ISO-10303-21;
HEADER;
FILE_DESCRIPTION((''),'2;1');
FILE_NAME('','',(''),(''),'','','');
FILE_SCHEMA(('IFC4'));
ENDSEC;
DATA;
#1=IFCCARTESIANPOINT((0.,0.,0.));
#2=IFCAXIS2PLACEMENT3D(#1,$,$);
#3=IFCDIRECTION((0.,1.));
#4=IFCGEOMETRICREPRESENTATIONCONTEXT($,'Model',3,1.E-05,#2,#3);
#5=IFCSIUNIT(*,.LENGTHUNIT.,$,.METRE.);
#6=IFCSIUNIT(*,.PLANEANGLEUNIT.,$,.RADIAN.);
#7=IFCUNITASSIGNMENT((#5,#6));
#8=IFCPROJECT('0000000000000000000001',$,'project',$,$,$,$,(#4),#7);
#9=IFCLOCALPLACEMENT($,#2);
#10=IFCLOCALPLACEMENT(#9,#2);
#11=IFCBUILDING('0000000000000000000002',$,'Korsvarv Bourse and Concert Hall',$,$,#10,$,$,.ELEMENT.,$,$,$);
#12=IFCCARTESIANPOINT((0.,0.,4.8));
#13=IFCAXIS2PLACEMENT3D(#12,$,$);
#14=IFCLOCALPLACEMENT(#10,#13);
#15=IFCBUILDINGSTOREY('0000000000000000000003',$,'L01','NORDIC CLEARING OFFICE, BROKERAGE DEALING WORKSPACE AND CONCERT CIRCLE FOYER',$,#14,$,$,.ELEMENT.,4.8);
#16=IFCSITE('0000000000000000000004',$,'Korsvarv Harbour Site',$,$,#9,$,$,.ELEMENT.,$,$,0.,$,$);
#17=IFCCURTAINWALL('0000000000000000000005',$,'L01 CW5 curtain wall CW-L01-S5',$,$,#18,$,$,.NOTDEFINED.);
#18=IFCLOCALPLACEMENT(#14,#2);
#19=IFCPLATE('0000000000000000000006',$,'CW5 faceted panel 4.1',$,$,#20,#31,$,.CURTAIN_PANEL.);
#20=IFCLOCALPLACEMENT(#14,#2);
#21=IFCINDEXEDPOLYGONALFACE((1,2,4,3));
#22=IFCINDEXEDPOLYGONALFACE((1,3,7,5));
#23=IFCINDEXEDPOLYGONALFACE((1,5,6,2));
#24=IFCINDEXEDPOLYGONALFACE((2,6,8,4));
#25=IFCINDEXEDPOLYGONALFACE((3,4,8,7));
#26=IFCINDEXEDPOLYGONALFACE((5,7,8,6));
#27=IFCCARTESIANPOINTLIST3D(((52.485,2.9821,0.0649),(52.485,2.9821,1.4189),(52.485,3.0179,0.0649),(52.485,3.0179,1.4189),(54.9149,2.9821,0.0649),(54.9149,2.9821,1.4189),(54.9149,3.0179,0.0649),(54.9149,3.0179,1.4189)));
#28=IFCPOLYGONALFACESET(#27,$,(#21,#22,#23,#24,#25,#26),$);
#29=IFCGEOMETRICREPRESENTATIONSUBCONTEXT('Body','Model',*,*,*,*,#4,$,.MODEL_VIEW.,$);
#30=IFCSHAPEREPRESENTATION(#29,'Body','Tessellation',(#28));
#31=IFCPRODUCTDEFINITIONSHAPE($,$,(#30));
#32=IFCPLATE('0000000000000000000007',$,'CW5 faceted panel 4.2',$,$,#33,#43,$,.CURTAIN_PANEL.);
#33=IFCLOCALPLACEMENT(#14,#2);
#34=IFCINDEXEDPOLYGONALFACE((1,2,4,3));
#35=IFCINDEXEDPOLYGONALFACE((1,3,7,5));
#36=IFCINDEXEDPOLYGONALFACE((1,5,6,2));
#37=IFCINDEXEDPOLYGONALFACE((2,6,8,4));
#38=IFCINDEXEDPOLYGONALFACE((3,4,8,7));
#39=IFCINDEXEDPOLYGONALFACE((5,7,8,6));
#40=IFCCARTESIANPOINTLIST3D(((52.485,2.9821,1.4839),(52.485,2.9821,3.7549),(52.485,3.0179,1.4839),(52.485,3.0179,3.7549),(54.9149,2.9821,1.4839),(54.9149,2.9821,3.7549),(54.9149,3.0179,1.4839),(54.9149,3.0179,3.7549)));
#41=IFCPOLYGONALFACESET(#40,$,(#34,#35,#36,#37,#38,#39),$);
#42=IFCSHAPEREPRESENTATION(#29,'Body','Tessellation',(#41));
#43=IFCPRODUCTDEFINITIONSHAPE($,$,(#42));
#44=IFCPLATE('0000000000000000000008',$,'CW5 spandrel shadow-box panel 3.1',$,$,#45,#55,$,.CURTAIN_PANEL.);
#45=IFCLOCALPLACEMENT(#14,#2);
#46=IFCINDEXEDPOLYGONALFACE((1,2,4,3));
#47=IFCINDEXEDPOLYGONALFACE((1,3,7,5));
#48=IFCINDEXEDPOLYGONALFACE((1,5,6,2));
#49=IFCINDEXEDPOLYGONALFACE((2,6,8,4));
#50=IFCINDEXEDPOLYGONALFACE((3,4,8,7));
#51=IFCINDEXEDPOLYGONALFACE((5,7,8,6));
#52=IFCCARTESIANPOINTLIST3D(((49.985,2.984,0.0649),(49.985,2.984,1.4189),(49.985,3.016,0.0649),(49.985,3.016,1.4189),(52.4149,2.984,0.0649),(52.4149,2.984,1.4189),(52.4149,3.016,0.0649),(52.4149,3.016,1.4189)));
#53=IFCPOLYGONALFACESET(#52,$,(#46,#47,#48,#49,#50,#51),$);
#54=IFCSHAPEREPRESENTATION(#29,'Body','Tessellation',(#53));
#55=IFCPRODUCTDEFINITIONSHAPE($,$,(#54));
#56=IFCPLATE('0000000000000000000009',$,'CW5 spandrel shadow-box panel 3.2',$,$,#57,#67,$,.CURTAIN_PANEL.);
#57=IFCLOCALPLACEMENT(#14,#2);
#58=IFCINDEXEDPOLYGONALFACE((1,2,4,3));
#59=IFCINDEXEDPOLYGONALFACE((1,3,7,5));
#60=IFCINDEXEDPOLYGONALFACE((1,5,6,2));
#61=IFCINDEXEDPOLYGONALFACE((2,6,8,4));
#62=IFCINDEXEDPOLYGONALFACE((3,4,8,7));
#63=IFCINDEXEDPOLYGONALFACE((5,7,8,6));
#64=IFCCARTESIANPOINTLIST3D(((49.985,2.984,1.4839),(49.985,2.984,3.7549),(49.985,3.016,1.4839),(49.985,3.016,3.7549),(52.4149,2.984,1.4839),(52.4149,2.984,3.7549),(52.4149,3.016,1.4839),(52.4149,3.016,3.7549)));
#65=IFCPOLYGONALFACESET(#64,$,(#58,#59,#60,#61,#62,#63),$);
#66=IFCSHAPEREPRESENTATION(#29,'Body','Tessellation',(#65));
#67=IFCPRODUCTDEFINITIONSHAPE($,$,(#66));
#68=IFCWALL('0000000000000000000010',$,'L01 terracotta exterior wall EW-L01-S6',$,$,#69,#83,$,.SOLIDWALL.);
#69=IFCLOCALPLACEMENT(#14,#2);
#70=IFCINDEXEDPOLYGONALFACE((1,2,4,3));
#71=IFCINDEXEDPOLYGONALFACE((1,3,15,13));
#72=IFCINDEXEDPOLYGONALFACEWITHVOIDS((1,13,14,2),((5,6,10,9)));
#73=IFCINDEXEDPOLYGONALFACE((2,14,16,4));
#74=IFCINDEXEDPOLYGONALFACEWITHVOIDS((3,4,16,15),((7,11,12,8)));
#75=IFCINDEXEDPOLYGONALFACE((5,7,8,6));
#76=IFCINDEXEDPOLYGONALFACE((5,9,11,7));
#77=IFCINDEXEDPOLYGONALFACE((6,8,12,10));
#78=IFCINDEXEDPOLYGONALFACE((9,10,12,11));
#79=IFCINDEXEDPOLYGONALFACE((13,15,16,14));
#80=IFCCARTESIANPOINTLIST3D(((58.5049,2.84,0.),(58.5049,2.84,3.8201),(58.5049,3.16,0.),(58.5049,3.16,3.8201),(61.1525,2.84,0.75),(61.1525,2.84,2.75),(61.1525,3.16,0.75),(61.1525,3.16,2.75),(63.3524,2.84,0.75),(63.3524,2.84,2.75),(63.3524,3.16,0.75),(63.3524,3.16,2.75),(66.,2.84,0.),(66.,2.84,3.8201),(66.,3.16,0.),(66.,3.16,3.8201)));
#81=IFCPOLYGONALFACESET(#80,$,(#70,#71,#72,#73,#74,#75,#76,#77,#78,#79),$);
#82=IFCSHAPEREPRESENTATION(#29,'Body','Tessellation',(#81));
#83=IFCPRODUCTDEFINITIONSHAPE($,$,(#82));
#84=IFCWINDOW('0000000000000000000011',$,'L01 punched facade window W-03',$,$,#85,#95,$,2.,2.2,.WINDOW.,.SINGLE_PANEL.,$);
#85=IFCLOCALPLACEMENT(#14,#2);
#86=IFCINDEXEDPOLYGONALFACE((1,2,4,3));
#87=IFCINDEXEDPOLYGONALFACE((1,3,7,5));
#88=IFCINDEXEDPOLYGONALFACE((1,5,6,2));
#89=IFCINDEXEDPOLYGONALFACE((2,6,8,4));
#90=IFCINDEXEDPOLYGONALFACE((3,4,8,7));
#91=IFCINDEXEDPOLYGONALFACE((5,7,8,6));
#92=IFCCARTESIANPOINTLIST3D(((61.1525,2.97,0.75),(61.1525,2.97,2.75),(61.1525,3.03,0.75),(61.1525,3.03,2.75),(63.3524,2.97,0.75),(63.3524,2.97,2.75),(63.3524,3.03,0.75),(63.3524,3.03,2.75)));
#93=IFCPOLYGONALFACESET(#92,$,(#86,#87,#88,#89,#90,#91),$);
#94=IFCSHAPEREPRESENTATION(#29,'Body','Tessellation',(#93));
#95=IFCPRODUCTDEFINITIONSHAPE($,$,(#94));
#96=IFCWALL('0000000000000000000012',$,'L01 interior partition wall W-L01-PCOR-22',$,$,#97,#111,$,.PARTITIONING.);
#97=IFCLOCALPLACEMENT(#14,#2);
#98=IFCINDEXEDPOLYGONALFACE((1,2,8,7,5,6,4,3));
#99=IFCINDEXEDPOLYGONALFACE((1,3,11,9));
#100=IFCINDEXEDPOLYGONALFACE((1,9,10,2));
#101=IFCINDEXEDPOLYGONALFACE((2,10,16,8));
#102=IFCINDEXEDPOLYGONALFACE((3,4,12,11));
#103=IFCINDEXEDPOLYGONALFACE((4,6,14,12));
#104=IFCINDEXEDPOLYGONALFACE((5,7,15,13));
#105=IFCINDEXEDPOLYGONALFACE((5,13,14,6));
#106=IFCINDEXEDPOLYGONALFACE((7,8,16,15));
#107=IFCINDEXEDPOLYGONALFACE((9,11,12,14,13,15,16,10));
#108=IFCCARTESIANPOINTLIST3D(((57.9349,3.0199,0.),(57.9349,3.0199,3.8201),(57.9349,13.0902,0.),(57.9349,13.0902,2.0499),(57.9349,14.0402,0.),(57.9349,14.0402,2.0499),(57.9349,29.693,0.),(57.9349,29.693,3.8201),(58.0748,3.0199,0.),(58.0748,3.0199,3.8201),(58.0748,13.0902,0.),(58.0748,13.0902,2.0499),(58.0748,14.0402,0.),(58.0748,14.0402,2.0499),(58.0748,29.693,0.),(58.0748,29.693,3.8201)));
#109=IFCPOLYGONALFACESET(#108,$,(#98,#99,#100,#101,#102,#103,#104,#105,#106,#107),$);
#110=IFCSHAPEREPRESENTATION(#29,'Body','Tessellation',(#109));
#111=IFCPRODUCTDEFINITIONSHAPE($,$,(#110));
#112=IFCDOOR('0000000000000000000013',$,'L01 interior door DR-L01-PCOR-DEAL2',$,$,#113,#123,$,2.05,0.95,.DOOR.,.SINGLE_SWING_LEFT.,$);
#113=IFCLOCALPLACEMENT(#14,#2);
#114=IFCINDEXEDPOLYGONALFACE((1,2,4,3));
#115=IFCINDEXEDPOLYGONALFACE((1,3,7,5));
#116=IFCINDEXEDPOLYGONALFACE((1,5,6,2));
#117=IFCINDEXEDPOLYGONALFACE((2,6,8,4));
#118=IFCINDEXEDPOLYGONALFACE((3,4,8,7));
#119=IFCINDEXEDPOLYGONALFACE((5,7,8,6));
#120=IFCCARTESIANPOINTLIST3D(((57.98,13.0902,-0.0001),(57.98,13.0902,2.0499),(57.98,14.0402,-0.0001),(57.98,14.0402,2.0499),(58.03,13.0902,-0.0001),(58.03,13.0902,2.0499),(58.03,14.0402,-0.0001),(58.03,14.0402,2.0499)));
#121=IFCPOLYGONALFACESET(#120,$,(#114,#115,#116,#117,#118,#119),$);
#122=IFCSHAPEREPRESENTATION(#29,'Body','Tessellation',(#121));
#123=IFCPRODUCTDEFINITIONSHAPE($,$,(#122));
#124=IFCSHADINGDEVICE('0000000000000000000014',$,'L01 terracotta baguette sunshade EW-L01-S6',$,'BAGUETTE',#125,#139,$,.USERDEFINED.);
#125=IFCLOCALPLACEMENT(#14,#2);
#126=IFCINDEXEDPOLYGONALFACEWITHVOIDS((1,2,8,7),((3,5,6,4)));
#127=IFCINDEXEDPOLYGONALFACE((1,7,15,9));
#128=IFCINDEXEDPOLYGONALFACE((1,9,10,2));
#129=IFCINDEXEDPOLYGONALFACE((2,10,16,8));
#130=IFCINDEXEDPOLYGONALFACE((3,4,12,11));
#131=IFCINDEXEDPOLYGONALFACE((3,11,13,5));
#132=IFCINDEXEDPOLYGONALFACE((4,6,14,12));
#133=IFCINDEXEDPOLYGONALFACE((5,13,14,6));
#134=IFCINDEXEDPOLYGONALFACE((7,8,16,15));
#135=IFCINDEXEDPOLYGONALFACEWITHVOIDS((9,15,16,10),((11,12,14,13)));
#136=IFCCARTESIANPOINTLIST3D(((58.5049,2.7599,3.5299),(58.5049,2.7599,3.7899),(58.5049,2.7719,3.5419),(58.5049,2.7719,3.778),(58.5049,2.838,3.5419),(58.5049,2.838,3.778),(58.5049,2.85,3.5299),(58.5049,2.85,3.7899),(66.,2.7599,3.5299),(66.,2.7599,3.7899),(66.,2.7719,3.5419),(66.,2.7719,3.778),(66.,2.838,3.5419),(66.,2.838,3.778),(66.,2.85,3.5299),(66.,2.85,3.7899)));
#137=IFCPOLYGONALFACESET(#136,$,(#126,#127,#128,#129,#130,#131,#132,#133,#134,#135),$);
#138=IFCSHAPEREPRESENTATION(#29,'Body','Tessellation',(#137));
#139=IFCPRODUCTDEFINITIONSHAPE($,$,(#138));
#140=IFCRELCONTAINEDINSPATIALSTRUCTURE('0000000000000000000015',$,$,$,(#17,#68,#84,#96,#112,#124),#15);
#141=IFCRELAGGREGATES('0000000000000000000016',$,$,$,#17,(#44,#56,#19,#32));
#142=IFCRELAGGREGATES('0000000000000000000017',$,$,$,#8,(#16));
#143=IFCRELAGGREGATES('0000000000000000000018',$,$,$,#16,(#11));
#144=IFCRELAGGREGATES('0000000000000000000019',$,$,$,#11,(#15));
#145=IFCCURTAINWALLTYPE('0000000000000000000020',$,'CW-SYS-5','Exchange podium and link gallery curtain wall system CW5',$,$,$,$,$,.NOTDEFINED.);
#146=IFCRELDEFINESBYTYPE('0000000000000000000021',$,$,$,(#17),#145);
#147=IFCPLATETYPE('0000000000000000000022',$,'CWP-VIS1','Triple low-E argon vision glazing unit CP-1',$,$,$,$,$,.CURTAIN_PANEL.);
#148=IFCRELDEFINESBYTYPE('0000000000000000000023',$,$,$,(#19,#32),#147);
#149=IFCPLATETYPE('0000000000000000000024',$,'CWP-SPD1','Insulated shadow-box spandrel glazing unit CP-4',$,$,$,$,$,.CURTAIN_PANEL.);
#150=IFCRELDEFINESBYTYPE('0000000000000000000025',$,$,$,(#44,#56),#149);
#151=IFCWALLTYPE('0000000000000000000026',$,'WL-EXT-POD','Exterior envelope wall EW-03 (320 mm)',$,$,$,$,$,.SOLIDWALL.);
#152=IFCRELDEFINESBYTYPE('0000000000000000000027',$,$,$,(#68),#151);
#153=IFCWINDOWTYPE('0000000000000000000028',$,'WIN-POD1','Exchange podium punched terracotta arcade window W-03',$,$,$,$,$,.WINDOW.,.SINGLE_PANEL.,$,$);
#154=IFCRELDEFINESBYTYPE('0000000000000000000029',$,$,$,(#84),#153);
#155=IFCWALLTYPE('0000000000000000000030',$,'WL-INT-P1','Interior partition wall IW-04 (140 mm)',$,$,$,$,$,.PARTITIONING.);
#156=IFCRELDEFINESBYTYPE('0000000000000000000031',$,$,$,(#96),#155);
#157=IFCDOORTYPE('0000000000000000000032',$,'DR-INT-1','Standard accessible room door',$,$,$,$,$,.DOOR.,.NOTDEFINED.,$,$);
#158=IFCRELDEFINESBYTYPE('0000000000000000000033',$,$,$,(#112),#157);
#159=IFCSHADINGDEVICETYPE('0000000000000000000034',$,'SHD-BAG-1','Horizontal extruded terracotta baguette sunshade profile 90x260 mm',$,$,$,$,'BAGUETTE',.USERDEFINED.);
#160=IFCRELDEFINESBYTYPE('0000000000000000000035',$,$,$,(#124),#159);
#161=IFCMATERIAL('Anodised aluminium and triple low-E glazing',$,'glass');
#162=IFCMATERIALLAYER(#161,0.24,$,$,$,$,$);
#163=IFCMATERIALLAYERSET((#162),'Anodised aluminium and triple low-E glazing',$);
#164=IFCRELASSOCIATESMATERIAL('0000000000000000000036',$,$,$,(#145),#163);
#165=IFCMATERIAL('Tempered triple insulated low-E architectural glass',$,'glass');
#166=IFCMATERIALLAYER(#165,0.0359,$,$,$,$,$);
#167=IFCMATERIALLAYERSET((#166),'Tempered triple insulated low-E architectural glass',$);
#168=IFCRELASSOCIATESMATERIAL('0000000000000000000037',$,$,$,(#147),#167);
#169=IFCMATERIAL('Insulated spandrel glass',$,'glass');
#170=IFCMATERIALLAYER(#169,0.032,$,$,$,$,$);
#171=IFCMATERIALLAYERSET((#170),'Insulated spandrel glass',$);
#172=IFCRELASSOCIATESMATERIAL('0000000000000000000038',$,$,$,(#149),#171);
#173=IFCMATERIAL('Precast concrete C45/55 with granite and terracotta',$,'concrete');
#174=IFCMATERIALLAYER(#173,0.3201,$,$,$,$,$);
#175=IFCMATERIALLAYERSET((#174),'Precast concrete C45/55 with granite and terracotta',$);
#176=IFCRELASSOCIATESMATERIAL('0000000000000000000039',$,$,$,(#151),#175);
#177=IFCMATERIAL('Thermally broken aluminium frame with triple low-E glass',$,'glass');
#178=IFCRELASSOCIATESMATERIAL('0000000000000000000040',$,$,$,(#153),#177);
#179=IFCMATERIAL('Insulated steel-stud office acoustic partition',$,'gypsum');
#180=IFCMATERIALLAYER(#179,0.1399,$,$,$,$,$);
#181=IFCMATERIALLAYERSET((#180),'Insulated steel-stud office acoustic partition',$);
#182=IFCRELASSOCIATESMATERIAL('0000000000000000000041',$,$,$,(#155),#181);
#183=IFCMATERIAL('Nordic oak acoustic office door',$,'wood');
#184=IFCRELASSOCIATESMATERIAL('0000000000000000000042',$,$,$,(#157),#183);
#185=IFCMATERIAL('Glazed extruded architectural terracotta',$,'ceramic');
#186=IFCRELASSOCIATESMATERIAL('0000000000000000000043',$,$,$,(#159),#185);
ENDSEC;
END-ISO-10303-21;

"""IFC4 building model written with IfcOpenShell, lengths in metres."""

from ifc_helpers import new_model, si_unit, direction, frame, frame_2d, origin, origin_2d, place, context, subcontext, project, spatial, rectangle, hollow_rectangle, extrude, source, transform, mapped, material, layer, layer_set, material_profile, profile_set, type_object, element, fill, aggregate, save


model = new_model("IFC4")

# Units and contexts
model_context = context("Model", 3, precision=1e-05, world=origin(), true_north=direction((0.0, 1.0)))
body_context = subcontext(model_context, "Body", "Model", "MODEL_VIEW")
ifc_project = project(units=[si_unit("LENGTHUNIT", "METRE"), si_unit("PLANEANGLEUNIT", "RADIAN")], contexts=[model_context])

# Site, building, storey
site_placement = place(None, origin())
site = spatial("IfcSite", under=ifc_project, at=site_placement, Name="Korsvarv Harbour Site", CompositionType="ELEMENT", RefElevation=0.0)
building_placement = place(site_placement, origin())
building = spatial("IfcBuilding", under=site, at=building_placement, Name="Korsvarv Bourse and Concert Hall", CompositionType="ELEMENT")
storey_placement = place(building_placement, frame((0.0, 0.0, 4.8)))
storey = spatial("IfcBuildingStorey", under=building, at=storey_placement, Name="L01", Description="NORDIC CLEARING OFFICE, BROKERAGE DEALING WORKSPACE AND CONCERT CIRCLE FOYER", CompositionType="ELEMENT", Elevation=4.8)

# Curtain wall, plates
ifc_material_1 = material(Name="Anodised aluminium and triple low-E glazing", Category="glass")
ifc_layer_1 = layer(ifc_material_1, 0.24)
ifc_layer_set_1 = layer_set([ifc_layer_1], Name="Anodised aluminium and triple low-E glazing")
curtain_wall_type = type_object("IfcCurtainWallType", Name="CW-SYS-5", Description="Exchange podium and link gallery curtain wall system CW5", PredefinedType="NOTDEFINED", material=ifc_layer_set_1)
curtain_wall_placement = place(storey_placement, origin())
curtain_wall = element("IfcCurtainWall", 1, at=curtain_wall_placement, inside=storey, type_object=curtain_wall_type, Name="L01 CW5 curtain wall CW-L01-S5", PredefinedType="NOTDEFINED")
ifc_material_2 = material(Name="Tempered triple insulated low-E architectural glass", Category="glass")
ifc_layer_2 = layer(ifc_material_2, 0.0359)
ifc_layer_set_2 = layer_set([ifc_layer_2], Name="Tempered triple insulated low-E architectural glass")
plate_type_1 = type_object("IfcPlateType", Name="CWP-VIS1", Description="Triple low-E argon vision glazing unit CP-1", PredefinedType="CURTAIN_PANEL", material=ifc_layer_set_2)
shared_shape_1 = source(origin(), body_context, "Body", "SweptSolid", [
    extrude(rectangle(XDim=2.4299, YDim=0.0359, at=origin_2d()), origin(), (0.0, 0.0, 1.0), 1.354),
])
plate_1_placement = place(storey_placement, frame((53.7, 3.0, 0.0649), z_axis=(0.0, 0.0, 1.0), x_axis=(1.0, 0.0, 0.0)))
plate_1 = element("IfcPlate", 2, at=plate_1_placement, type_object=plate_type_1, Name="CW5 faceted panel 4.1", PredefinedType="CURTAIN_PANEL", context=body_context, shape_type="MappedRepresentation", body=[
    mapped(shared_shape_1, transform((0.0, 0.0, 0.0), scale=1.0)),
])
shared_shape_2 = source(origin(), body_context, "Body", "SweptSolid", [
    extrude(rectangle(XDim=2.4299, YDim=0.0359, at=origin_2d()), origin(), (0.0, 0.0, 1.0), 2.271),
])
plate_2_placement = place(storey_placement, frame((53.7, 3.0, 1.4839), z_axis=(0.0, 0.0, 1.0), x_axis=(1.0, 0.0, 0.0)))
plate_2 = element("IfcPlate", 3, at=plate_2_placement, type_object=plate_type_1, Name="CW5 faceted panel 4.2", PredefinedType="CURTAIN_PANEL", context=body_context, shape_type="MappedRepresentation", body=[
    mapped(shared_shape_2, transform((0.0, 0.0, 0.0), scale=1.0)),
])
ifc_material_3 = material(Name="Insulated spandrel glass", Category="glass")
ifc_layer_3 = layer(ifc_material_3, 0.032)
ifc_layer_set_3 = layer_set([ifc_layer_3], Name="Insulated spandrel glass")
plate_type_2 = type_object("IfcPlateType", Name="CWP-SPD1", Description="Insulated shadow-box spandrel glazing unit CP-4", PredefinedType="CURTAIN_PANEL", material=ifc_layer_set_3)
shared_shape_3 = source(origin(), body_context, "Body", "SweptSolid", [
    extrude(rectangle(XDim=2.4299, YDim=0.032, at=origin_2d()), origin(), (0.0, 0.0, 1.0), 1.354),
])
plate_3_placement = place(storey_placement, frame((51.2, 3.0, 0.0649), z_axis=(0.0, 0.0, 1.0), x_axis=(1.0, 0.0, 0.0)))
plate_3 = element("IfcPlate", 4, at=plate_3_placement, type_object=plate_type_2, Name="CW5 spandrel shadow-box panel 3.1", PredefinedType="CURTAIN_PANEL", context=body_context, shape_type="MappedRepresentation", body=[
    mapped(shared_shape_3, transform((0.0, 0.0, 0.0), scale=1.0)),
])
shared_shape_4 = source(origin(), body_context, "Body", "SweptSolid", [
    extrude(rectangle(XDim=2.4299, YDim=0.032, at=origin_2d()), origin(), (0.0, 0.0, 1.0), 2.271),
])
plate_4_placement = place(storey_placement, frame((51.2, 3.0, 1.4839), z_axis=(0.0, 0.0, 1.0), x_axis=(1.0, 0.0, 0.0)))
plate_4 = element("IfcPlate", 5, at=plate_4_placement, type_object=plate_type_2, Name="CW5 spandrel shadow-box panel 3.2", PredefinedType="CURTAIN_PANEL", context=body_context, shape_type="MappedRepresentation", body=[
    mapped(shared_shape_4, transform((0.0, 0.0, 0.0), scale=1.0)),
])
aggregate(curtain_wall, [plate_3, plate_4, plate_1, plate_2])

# Wall, opening, window
ifc_material_4 = material(Name="Precast concrete C45/55 with granite and terracotta", Category="concrete")
ifc_layer_4 = layer(ifc_material_4, 0.3201)
ifc_layer_set_4 = layer_set([ifc_layer_4], Name="Precast concrete C45/55 with granite and terracotta")
wall_type_1 = type_object("IfcWallType", Name="WL-EXT-POD", Description="Exterior envelope wall EW-03 (320 mm)", PredefinedType="SOLIDWALL", material=ifc_layer_set_4)
wall_1_placement = place(storey_placement, frame((58.5049, 3.0, 0.0), z_axis=(0.0, 0.0, 1.0), x_axis=(1.0, 0.0, 0.0)))
wall_1 = element("IfcWall", 6, at=wall_1_placement, inside=storey, type_object=wall_type_1, Name="L01 terracotta exterior wall EW-L01-S6", PredefinedType="SOLIDWALL", context=body_context, shape_type="SweptSolid", body=[
    extrude(rectangle(XDim=7.4951, YDim=0.3201, at=frame_2d((3.7476, 0.0))), origin(), (0.0, 0.0, 1.0), 3.8201),
])
opening_1_placement = place(wall_1_placement, frame((2.6475, 0.0, 0.75)))
opening_1 = element("IfcOpeningElement", 7, at=opening_1_placement, cuts=wall_1, PredefinedType="OPENING", context=body_context, shape_type="SweptSolid", body=[
    extrude(rectangle(XDim=2.2, YDim=2.0, at=frame_2d((1.1001, 1.0))), frame((0.0, 0.1699, 0.0), z_axis=(0.0, -1.0, 0.0), x_axis=(1.0, 0.0, 0.0)), (0.0, 0.0, 1.0), 0.3401),
])
ifc_material_5 = material(Name="Thermally broken aluminium frame with triple low-E glass", Category="glass")
window_type = type_object("IfcWindowType", Name="WIN-POD1", Description="Exchange podium punched terracotta arcade window W-03", PartitioningType="SINGLE_PANEL", PredefinedType="WINDOW", material=ifc_material_5)
window_placement = place(opening_1_placement, origin())
window = element("IfcWindow", 8, at=window_placement, inside=storey, type_object=window_type, Name="L01 punched facade window W-03", OverallHeight=2.0, OverallWidth=2.2, PartitioningType="SINGLE_PANEL", PredefinedType="WINDOW", context=body_context, shape_type="SweptSolid", body=[
    extrude(rectangle(XDim=2.2, YDim=2.0, at=frame_2d((1.1001, 1.0))), frame((0.0, 0.03, 0.0), z_axis=(0.0, -1.0, 0.0), x_axis=(1.0, 0.0, 0.0)), (0.0, 0.0, 1.0), 0.0601),
])
fill(opening_1, window)

# Wall, opening, door
ifc_material_6 = material(Name="Insulated steel-stud office acoustic partition", Category="gypsum")
ifc_layer_5 = layer(ifc_material_6, 0.1399)
ifc_layer_set_5 = layer_set([ifc_layer_5], Name="Insulated steel-stud office acoustic partition")
wall_type_2 = type_object("IfcWallType", Name="WL-INT-P1", Description="Interior partition wall IW-04 (140 mm)", PredefinedType="PARTITIONING", material=ifc_layer_set_5)
wall_2_placement = place(storey_placement, frame((58.0049, 3.02, 0.0), z_axis=(0.0, 0.0, 1.0), x_axis=(0.0, 1.0, 0.0)))
wall_2 = element("IfcWall", 9, at=wall_2_placement, inside=storey, type_object=wall_type_2, Name="L01 interior partition wall W-L01-PCOR-22", PredefinedType="PARTITIONING", context=body_context, shape_type="SweptSolid", body=[
    extrude(rectangle(XDim=26.6731, YDim=0.1399, at=frame_2d((13.3364, 0.0))), origin(), (0.0, 0.0, 1.0), 3.8201),
])
opening_2_placement = place(wall_2_placement, frame((10.0701, 0.0, 0.0)))
opening_2 = element("IfcOpeningElement", 10, at=opening_2_placement, cuts=wall_2, PredefinedType="OPENING", context=body_context, shape_type="SweptSolid", body=[
    extrude(rectangle(XDim=0.95, YDim=2.05, at=frame_2d((0.4751, 1.0249))), frame((0.0, 0.0801, 0.0), z_axis=(0.0, -1.0, 0.0), x_axis=(1.0, 0.0, 0.0)), (0.0, 0.0, 1.0), 0.1599),
])
ifc_material_7 = material(Name="Nordic oak acoustic office door", Category="wood")
door_type = type_object("IfcDoorType", Name="DR-INT-1", Description="Standard accessible room door", OperationType="NOTDEFINED", PredefinedType="DOOR", material=ifc_material_7)
door_placement = place(opening_2_placement, origin())
door = element("IfcDoor", 11, at=door_placement, inside=storey, type_object=door_type, Name="L01 interior door DR-L01-PCOR-DEAL2", OperationType="SINGLE_SWING_LEFT", OverallHeight=2.05, OverallWidth=0.95, PredefinedType="DOOR", context=body_context, shape_type="SweptSolid", body=[
    extrude(rectangle(XDim=0.95, YDim=2.05, at=frame_2d((0.4751, 1.0249))), frame((0.0, 0.0249, 0.0), z_axis=(0.0, -1.0, 0.0), x_axis=(1.0, 0.0, 0.0)), (0.0, 0.0, 1.0), 0.05),
])
fill(opening_2, door)

# Shading device
ifc_material_8 = material(Name="Glazed extruded architectural terracotta", Category="ceramic")
ifc_material_profile_1 = material_profile(ifc_material_8, hollow_rectangle(XDim=0.0901, YDim=0.26, WallThickness=0.012, at=origin_2d()), Name="TC-BAG 90x260")
ifc_profile_set_1 = profile_set([ifc_material_profile_1], Name="Glazed extruded architectural terracotta")
shading_device_type = type_object("IfcShadingDeviceType", Name="SHD-BAG-1", Description="Horizontal extruded terracotta baguette sunshade profile 90x260 mm", ElementType="BAGUETTE", PredefinedType="USERDEFINED", material=ifc_profile_set_1)
shared_shape_5 = source(origin(), body_context, "Body", "SweptSolid", [
    extrude(hollow_rectangle(XDim=0.0901, YDim=0.26, WallThickness=0.012, at=origin_2d()), origin(), (0.0, 0.0, 1.0), 7.4951),
])
shading_device_placement = place(storey_placement, frame((58.5049, 2.8049, 3.6599), z_axis=(1.0, 0.0, 0.0), x_axis=(0.0, 1.0, 0.0)))
element("IfcShadingDevice", 12, at=shading_device_placement, inside=storey, type_object=shading_device_type, Name="L01 terracotta baguette sunshade EW-L01-S6", ObjectType="BAGUETTE", PredefinedType="USERDEFINED", context=body_context, shape_type="MappedRepresentation", body=[
    mapped(shared_shape_5, transform((0.0, 0.0, 0.0), scale=1.0)),
])

save(model, "model.ifc")
